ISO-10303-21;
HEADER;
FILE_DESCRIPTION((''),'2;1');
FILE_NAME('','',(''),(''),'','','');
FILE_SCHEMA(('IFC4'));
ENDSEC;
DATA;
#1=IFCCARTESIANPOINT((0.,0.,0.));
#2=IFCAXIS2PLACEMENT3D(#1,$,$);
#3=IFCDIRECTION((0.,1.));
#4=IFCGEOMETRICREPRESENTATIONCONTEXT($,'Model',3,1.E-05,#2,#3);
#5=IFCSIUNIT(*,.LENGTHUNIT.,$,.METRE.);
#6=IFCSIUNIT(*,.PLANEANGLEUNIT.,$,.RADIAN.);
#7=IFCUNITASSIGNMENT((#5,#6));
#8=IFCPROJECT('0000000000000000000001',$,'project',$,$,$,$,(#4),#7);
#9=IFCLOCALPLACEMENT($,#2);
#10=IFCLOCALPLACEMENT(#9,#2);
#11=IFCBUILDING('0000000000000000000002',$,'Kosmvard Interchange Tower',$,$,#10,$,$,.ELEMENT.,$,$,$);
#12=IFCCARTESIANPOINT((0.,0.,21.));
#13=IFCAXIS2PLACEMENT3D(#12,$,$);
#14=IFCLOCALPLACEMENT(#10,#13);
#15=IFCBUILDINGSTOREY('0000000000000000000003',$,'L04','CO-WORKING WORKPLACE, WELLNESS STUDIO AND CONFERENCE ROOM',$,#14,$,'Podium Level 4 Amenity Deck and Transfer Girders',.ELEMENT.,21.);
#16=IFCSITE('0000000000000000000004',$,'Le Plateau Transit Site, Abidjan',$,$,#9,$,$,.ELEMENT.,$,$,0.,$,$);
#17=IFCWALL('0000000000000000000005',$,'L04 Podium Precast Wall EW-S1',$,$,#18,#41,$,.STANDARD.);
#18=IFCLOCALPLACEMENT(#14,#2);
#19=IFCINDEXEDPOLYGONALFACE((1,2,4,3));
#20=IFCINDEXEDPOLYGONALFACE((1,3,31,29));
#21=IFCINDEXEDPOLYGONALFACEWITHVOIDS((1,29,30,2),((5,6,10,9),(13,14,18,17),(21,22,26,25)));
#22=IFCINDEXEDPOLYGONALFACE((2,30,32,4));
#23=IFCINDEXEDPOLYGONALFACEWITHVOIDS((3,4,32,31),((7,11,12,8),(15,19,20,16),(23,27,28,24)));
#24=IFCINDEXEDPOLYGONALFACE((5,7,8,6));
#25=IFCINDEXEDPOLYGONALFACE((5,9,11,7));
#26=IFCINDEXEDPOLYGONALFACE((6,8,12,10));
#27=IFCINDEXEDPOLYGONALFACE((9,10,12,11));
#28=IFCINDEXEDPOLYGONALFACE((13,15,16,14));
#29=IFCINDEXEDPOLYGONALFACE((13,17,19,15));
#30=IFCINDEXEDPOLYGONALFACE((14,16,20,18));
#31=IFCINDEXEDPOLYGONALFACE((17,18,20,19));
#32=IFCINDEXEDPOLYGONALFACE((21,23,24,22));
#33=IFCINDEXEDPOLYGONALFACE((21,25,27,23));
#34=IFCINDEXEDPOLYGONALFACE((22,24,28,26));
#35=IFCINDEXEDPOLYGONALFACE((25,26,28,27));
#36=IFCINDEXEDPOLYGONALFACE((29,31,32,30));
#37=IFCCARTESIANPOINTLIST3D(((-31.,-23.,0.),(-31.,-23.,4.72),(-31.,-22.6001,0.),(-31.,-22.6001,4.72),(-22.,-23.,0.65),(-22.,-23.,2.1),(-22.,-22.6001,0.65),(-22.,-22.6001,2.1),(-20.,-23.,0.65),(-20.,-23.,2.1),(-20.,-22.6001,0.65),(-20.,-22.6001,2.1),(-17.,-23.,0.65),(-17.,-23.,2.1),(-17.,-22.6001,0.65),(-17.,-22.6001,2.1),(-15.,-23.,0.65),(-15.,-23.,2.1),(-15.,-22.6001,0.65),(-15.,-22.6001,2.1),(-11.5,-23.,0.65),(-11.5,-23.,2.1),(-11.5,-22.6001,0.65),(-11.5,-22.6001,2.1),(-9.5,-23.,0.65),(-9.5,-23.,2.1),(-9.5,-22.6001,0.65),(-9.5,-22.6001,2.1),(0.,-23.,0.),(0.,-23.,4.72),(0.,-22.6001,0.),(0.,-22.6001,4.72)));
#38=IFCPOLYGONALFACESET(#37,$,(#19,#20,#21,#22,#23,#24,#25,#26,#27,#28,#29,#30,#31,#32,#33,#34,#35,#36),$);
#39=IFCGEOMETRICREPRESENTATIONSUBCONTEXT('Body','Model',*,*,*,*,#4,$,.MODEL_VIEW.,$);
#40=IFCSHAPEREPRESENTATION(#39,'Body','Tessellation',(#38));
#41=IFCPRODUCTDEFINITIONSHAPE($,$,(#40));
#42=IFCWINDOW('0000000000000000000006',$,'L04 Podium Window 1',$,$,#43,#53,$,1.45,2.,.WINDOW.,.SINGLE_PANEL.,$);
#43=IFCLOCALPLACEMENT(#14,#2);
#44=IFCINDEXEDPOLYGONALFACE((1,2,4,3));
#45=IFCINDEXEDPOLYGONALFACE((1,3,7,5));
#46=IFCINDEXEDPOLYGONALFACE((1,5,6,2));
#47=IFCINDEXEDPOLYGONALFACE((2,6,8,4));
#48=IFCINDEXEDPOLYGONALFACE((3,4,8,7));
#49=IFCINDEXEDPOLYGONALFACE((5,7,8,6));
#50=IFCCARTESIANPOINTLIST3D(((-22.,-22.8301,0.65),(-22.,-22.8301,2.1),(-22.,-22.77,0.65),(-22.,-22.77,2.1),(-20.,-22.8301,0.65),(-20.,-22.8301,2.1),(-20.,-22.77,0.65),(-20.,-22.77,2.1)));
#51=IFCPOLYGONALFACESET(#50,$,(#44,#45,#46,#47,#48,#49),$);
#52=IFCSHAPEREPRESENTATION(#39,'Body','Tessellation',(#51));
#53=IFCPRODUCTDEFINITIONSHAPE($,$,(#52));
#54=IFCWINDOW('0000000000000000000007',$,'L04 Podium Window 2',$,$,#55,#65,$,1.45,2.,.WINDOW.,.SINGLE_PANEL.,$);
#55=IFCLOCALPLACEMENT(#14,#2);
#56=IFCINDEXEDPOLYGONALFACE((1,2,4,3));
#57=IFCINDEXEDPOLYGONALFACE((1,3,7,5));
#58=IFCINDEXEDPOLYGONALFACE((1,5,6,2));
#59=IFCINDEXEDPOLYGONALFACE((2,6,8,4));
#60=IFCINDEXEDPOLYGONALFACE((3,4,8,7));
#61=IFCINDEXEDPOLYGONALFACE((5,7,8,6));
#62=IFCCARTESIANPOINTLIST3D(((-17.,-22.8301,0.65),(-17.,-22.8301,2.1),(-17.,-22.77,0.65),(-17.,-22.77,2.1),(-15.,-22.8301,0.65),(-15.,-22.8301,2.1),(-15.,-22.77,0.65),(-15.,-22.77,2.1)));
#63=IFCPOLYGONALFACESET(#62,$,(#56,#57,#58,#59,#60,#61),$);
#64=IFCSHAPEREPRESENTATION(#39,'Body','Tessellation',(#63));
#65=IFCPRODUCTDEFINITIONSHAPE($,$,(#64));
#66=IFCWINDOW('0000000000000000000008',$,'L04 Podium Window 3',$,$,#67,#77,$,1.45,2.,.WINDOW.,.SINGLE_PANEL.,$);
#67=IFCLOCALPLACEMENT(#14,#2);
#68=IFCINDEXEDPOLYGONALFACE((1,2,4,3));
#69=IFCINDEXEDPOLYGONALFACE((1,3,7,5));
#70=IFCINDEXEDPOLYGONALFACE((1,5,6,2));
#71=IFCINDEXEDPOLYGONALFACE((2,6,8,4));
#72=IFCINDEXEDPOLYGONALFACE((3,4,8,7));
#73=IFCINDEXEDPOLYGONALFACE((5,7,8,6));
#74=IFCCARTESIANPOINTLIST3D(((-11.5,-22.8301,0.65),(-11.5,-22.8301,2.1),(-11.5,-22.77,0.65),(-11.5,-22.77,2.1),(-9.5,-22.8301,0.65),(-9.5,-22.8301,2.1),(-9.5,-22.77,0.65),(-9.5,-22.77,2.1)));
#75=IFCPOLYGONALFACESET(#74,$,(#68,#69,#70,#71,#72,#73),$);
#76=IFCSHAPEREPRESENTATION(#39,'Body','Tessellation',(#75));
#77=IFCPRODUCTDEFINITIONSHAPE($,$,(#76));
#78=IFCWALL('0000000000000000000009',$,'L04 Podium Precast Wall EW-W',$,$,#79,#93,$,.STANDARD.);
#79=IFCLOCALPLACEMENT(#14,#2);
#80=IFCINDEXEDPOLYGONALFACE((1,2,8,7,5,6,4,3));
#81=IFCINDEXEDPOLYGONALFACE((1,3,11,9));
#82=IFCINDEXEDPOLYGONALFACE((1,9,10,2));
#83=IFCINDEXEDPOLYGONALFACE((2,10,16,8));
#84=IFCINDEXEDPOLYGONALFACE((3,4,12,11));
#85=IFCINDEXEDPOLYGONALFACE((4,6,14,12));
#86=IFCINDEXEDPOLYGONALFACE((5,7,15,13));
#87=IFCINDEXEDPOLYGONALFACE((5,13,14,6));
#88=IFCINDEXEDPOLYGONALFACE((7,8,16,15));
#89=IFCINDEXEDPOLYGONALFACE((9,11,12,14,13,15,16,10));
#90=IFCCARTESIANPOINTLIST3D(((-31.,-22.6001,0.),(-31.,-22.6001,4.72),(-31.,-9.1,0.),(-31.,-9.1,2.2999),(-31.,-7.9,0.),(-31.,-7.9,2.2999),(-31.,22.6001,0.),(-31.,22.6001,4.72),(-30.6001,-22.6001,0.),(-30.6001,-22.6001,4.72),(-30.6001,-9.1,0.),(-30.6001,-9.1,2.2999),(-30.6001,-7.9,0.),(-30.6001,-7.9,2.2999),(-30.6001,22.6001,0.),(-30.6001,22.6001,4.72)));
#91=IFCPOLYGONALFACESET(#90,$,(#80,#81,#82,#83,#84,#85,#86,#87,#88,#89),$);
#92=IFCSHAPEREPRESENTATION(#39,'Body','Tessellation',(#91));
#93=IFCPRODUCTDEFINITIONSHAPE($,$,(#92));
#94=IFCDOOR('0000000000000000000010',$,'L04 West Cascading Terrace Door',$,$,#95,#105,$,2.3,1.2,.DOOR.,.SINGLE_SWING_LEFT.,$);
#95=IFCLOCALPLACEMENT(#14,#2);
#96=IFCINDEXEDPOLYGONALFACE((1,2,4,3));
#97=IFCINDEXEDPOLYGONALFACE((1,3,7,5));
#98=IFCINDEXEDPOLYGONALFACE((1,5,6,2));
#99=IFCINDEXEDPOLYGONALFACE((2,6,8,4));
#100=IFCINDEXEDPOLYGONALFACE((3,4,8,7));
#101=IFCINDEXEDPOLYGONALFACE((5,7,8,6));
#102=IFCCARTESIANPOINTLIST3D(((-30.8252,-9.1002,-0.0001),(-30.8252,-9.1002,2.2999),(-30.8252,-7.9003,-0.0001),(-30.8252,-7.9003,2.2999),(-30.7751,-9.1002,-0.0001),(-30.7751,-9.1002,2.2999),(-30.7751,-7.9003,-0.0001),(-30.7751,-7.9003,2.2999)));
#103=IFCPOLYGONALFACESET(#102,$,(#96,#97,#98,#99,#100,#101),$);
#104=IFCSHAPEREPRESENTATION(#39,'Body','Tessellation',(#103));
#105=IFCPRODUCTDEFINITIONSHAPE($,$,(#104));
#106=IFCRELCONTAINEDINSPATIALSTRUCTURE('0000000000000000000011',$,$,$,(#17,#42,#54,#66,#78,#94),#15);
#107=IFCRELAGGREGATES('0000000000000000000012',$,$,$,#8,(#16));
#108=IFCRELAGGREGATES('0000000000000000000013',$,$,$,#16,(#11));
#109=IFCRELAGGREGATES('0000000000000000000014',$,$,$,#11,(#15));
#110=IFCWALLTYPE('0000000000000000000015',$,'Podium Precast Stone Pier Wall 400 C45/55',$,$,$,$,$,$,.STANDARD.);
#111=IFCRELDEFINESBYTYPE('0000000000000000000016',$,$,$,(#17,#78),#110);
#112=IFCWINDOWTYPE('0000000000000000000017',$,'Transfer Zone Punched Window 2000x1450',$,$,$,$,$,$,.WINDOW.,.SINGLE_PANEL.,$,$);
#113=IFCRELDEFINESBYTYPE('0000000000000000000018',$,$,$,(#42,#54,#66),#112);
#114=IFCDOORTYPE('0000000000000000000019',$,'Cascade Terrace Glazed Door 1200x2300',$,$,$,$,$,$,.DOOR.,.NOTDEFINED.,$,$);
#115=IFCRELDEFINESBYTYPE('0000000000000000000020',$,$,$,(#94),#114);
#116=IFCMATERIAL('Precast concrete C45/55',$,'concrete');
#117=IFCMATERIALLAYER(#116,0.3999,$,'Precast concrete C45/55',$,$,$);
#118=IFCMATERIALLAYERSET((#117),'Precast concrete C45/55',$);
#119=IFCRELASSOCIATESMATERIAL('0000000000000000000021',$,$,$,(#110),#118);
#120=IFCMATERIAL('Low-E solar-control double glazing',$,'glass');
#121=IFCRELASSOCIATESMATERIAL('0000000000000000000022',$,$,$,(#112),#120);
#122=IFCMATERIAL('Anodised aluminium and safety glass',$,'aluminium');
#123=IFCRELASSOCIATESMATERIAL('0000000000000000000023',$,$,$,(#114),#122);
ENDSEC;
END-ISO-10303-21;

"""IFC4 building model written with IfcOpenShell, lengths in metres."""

from ifc_helpers import new_model, si_unit, direction, frame, frame_2d, origin, place, context, subcontext, project, spatial, rectangle, extrude, source, transform, mapped, material, layer, layer_set, type_object, element, fill, save


model = new_model("IFC4")

# Units and contexts
model_context = context("Model", 3, precision=1e-05, world=origin(), true_north=direction((0.0, 1.0)))
body_context = subcontext(model_context, "Body", "Model", "MODEL_VIEW")
ifc_project = project(units=[si_unit("LENGTHUNIT", "METRE"), si_unit("PLANEANGLEUNIT", "RADIAN")], contexts=[model_context])

# Site, building, storey
site_placement = place(None, origin())
site = spatial("IfcSite", under=ifc_project, at=site_placement, Name="Le Plateau Transit Site, Abidjan", CompositionType="ELEMENT", RefElevation=0.0)
building_placement = place(site_placement, origin())
building = spatial("IfcBuilding", under=site, at=building_placement, Name="Kosmvard Interchange Tower", CompositionType="ELEMENT")
storey_placement = place(building_placement, frame((0.0, 0.0, 21.0)))
storey = spatial("IfcBuildingStorey", under=building, at=storey_placement, Name="L04", Description="CO-WORKING WORKPLACE, WELLNESS STUDIO AND CONFERENCE ROOM", LongName="Podium Level 4 Amenity Deck and Transfer Girders", CompositionType="ELEMENT", Elevation=21.0)

# Wall, openings, windows
ifc_material_1 = material(Name="Precast concrete C45/55", Category="concrete")
ifc_layer = layer(ifc_material_1, 0.3999, Name="Precast concrete C45/55")
ifc_layer_set = layer_set([ifc_layer], Name="Precast concrete C45/55")
wall_type = type_object("IfcWallType", Name="Podium Precast Stone Pier Wall 400 C45/55", PredefinedType="STANDARD", material=ifc_layer_set)
wall_1_placement = place(storey_placement, frame((-31.0, -22.8, 0.0), z_axis=(0.0, 0.0, 1.0), x_axis=(1.0, 0.0, 0.0)))
wall_1 = element("IfcWall", 1, at=wall_1_placement, inside=storey, type_object=wall_type, Name="L04 Podium Precast Wall EW-S1", PredefinedType="STANDARD", context=body_context, shape_type="SweptSolid", body=[
    extrude(rectangle(XDim=31.0, YDim=0.3999, at=frame_2d((15.5, 0.0))), origin(), (0.0, 0.0, 1.0), 4.72),
])
opening_1_placement = place(wall_1_placement, frame((9.0, 0.0, 0.6499)))
opening_1 = element("IfcOpeningElement", 2, at=opening_1_placement, cuts=wall_1, PredefinedType="OPENING", context=body_context, shape_type="SweptSolid", body=[
    extrude(rectangle(XDim=2.0, YDim=1.45, at=frame_2d((1.0, 0.7251))), frame((0.0, 0.21, 0.0), z_axis=(0.0, -1.0, 0.0), x_axis=(1.0, 0.0, 0.0)), (0.0, 0.0, 1.0), 0.4199),
])
opening_2_placement = place(wall_1_placement, frame((14.0, 0.0, 0.6499)))
opening_2 = element("IfcOpeningElement", 3, at=opening_2_placement, cuts=wall_1, PredefinedType="OPENING", context=body_context, shape_type="SweptSolid", body=[
    extrude(rectangle(XDim=2.0, YDim=1.45, at=frame_2d((1.0, 0.7251))), frame((0.0, 0.21, 0.0), z_axis=(0.0, -1.0, 0.0), x_axis=(1.0, 0.0, 0.0)), (0.0, 0.0, 1.0), 0.4199),
])
opening_3_placement = place(wall_1_placement, frame((19.5, 0.0, 0.6499)))
opening_3 = element("IfcOpeningElement", 4, at=opening_3_placement, cuts=wall_1, PredefinedType="OPENING", context=body_context, shape_type="SweptSolid", body=[
    extrude(rectangle(XDim=2.0, YDim=1.45, at=frame_2d((1.0, 0.7251))), frame((0.0, 0.21, 0.0), z_axis=(0.0, -1.0, 0.0), x_axis=(1.0, 0.0, 0.0)), (0.0, 0.0, 1.0), 0.4199),
])
ifc_material_2 = material(Name="Low-E solar-control double glazing", Category="glass")
window_type = type_object("IfcWindowType", Name="Transfer Zone Punched Window 2000x1450", PartitioningType="SINGLE_PANEL", PredefinedType="WINDOW", material=ifc_material_2)
shared_shape_1 = source(origin(), body_context, "Body", "SweptSolid", [
    extrude(rectangle(XDim=2.0, YDim=1.45, at=frame_2d((1.0, 0.7251))), frame((0.0, 0.03, 0.0), z_axis=(0.0, -1.0, 0.0), x_axis=(1.0, 0.0, 0.0)), (0.0, 0.0, 1.0), 0.0601),
])
window_1_placement = place(opening_1_placement, origin())
window_1 = element("IfcWindow", 5, at=window_1_placement, inside=storey, type_object=window_type, Name="L04 Podium Window 1", OverallHeight=1.45, OverallWidth=2.0, PartitioningType="SINGLE_PANEL", PredefinedType="WINDOW", context=body_context, shape_type="MappedRepresentation", body=[
    mapped(shared_shape_1, transform((0.0, 0.0, 0.0), scale=1.0)),
])
fill(opening_1, window_1)
window_2_placement = place(opening_2_placement, origin())
window_2 = element("IfcWindow", 6, at=window_2_placement, inside=storey, type_object=window_type, Name="L04 Podium Window 2", OverallHeight=1.45, OverallWidth=2.0, PartitioningType="SINGLE_PANEL", PredefinedType="WINDOW", context=body_context, shape_type="MappedRepresentation", body=[
    mapped(shared_shape_1, transform((0.0, 0.0, 0.0), scale=1.0)),
])
fill(opening_2, window_2)
window_3_placement = place(opening_3_placement, origin())
window_3 = element("IfcWindow", 7, at=window_3_placement, inside=storey, type_object=window_type, Name="L04 Podium Window 3", OverallHeight=1.45, OverallWidth=2.0, PartitioningType="SINGLE_PANEL", PredefinedType="WINDOW", context=body_context, shape_type="MappedRepresentation", body=[
    mapped(shared_shape_1, transform((0.0, 0.0, 0.0), scale=1.0)),
])
fill(opening_3, window_3)

# Wall, opening, door
wall_2_placement = place(storey_placement, frame((-30.8, -22.6001, 0.0), z_axis=(0.0, 0.0, 1.0), x_axis=(0.0, 1.0, 0.0)))
wall_2 = element("IfcWall", 8, at=wall_2_placement, inside=storey, type_object=wall_type, Name="L04 Podium Precast Wall EW-W", PredefinedType="STANDARD", context=body_context, shape_type="SweptSolid", body=[
    extrude(rectangle(XDim=45.2002, YDim=0.3999, at=frame_2d((22.6001, 0.0))), origin(), (0.0, 0.0, 1.0), 4.72),
])
opening_4_placement = place(wall_2_placement, frame((13.5, 0.0, 0.0)))
opening_4 = element("IfcOpeningElement", 9, at=opening_4_placement, cuts=wall_2, PredefinedType="OPENING", context=body_context, shape_type="SweptSolid", body=[
    extrude(rectangle(XDim=1.2, YDim=2.3, at=frame_2d((0.6001, 1.1499))), frame((0.0, 0.21, 0.0), z_axis=(0.0, -1.0, 0.0), x_axis=(1.0, 0.0, 0.0)), (0.0, 0.0, 1.0), 0.4199),
])
ifc_material_3 = material(Name="Anodised aluminium and safety glass", Category="aluminium")
door_type = type_object("IfcDoorType", Name="Cascade Terrace Glazed Door 1200x2300", OperationType="NOTDEFINED", PredefinedType="DOOR", material=ifc_material_3)
shared_shape_2 = source(origin(), body_context, "Body", "SweptSolid", [
    extrude(rectangle(XDim=1.2, YDim=2.3, at=frame_2d((0.6001, 1.1499))), frame((0.0, 0.0249, 0.0), z_axis=(0.0, -1.0, 0.0), x_axis=(1.0, 0.0, 0.0)), (0.0, 0.0, 1.0), 0.05),
])
door_placement = place(opening_4_placement, frame((1.2, 0.0, 0.0), z_axis=(0.0, 0.0, 1.0), x_axis=(-1.0, 0.0, 0.0)))
door = element("IfcDoor", 10, at=door_placement, inside=storey, type_object=door_type, Name="L04 West Cascading Terrace Door", OperationType="SINGLE_SWING_LEFT", OverallHeight=2.3, OverallWidth=1.2, PredefinedType="DOOR", context=body_context, shape_type="MappedRepresentation", body=[
    mapped(shared_shape_2, transform((0.0, 0.0, 0.0), scale=1.0)),
])
fill(opening_4, door)

save(model, "model.ifc")
